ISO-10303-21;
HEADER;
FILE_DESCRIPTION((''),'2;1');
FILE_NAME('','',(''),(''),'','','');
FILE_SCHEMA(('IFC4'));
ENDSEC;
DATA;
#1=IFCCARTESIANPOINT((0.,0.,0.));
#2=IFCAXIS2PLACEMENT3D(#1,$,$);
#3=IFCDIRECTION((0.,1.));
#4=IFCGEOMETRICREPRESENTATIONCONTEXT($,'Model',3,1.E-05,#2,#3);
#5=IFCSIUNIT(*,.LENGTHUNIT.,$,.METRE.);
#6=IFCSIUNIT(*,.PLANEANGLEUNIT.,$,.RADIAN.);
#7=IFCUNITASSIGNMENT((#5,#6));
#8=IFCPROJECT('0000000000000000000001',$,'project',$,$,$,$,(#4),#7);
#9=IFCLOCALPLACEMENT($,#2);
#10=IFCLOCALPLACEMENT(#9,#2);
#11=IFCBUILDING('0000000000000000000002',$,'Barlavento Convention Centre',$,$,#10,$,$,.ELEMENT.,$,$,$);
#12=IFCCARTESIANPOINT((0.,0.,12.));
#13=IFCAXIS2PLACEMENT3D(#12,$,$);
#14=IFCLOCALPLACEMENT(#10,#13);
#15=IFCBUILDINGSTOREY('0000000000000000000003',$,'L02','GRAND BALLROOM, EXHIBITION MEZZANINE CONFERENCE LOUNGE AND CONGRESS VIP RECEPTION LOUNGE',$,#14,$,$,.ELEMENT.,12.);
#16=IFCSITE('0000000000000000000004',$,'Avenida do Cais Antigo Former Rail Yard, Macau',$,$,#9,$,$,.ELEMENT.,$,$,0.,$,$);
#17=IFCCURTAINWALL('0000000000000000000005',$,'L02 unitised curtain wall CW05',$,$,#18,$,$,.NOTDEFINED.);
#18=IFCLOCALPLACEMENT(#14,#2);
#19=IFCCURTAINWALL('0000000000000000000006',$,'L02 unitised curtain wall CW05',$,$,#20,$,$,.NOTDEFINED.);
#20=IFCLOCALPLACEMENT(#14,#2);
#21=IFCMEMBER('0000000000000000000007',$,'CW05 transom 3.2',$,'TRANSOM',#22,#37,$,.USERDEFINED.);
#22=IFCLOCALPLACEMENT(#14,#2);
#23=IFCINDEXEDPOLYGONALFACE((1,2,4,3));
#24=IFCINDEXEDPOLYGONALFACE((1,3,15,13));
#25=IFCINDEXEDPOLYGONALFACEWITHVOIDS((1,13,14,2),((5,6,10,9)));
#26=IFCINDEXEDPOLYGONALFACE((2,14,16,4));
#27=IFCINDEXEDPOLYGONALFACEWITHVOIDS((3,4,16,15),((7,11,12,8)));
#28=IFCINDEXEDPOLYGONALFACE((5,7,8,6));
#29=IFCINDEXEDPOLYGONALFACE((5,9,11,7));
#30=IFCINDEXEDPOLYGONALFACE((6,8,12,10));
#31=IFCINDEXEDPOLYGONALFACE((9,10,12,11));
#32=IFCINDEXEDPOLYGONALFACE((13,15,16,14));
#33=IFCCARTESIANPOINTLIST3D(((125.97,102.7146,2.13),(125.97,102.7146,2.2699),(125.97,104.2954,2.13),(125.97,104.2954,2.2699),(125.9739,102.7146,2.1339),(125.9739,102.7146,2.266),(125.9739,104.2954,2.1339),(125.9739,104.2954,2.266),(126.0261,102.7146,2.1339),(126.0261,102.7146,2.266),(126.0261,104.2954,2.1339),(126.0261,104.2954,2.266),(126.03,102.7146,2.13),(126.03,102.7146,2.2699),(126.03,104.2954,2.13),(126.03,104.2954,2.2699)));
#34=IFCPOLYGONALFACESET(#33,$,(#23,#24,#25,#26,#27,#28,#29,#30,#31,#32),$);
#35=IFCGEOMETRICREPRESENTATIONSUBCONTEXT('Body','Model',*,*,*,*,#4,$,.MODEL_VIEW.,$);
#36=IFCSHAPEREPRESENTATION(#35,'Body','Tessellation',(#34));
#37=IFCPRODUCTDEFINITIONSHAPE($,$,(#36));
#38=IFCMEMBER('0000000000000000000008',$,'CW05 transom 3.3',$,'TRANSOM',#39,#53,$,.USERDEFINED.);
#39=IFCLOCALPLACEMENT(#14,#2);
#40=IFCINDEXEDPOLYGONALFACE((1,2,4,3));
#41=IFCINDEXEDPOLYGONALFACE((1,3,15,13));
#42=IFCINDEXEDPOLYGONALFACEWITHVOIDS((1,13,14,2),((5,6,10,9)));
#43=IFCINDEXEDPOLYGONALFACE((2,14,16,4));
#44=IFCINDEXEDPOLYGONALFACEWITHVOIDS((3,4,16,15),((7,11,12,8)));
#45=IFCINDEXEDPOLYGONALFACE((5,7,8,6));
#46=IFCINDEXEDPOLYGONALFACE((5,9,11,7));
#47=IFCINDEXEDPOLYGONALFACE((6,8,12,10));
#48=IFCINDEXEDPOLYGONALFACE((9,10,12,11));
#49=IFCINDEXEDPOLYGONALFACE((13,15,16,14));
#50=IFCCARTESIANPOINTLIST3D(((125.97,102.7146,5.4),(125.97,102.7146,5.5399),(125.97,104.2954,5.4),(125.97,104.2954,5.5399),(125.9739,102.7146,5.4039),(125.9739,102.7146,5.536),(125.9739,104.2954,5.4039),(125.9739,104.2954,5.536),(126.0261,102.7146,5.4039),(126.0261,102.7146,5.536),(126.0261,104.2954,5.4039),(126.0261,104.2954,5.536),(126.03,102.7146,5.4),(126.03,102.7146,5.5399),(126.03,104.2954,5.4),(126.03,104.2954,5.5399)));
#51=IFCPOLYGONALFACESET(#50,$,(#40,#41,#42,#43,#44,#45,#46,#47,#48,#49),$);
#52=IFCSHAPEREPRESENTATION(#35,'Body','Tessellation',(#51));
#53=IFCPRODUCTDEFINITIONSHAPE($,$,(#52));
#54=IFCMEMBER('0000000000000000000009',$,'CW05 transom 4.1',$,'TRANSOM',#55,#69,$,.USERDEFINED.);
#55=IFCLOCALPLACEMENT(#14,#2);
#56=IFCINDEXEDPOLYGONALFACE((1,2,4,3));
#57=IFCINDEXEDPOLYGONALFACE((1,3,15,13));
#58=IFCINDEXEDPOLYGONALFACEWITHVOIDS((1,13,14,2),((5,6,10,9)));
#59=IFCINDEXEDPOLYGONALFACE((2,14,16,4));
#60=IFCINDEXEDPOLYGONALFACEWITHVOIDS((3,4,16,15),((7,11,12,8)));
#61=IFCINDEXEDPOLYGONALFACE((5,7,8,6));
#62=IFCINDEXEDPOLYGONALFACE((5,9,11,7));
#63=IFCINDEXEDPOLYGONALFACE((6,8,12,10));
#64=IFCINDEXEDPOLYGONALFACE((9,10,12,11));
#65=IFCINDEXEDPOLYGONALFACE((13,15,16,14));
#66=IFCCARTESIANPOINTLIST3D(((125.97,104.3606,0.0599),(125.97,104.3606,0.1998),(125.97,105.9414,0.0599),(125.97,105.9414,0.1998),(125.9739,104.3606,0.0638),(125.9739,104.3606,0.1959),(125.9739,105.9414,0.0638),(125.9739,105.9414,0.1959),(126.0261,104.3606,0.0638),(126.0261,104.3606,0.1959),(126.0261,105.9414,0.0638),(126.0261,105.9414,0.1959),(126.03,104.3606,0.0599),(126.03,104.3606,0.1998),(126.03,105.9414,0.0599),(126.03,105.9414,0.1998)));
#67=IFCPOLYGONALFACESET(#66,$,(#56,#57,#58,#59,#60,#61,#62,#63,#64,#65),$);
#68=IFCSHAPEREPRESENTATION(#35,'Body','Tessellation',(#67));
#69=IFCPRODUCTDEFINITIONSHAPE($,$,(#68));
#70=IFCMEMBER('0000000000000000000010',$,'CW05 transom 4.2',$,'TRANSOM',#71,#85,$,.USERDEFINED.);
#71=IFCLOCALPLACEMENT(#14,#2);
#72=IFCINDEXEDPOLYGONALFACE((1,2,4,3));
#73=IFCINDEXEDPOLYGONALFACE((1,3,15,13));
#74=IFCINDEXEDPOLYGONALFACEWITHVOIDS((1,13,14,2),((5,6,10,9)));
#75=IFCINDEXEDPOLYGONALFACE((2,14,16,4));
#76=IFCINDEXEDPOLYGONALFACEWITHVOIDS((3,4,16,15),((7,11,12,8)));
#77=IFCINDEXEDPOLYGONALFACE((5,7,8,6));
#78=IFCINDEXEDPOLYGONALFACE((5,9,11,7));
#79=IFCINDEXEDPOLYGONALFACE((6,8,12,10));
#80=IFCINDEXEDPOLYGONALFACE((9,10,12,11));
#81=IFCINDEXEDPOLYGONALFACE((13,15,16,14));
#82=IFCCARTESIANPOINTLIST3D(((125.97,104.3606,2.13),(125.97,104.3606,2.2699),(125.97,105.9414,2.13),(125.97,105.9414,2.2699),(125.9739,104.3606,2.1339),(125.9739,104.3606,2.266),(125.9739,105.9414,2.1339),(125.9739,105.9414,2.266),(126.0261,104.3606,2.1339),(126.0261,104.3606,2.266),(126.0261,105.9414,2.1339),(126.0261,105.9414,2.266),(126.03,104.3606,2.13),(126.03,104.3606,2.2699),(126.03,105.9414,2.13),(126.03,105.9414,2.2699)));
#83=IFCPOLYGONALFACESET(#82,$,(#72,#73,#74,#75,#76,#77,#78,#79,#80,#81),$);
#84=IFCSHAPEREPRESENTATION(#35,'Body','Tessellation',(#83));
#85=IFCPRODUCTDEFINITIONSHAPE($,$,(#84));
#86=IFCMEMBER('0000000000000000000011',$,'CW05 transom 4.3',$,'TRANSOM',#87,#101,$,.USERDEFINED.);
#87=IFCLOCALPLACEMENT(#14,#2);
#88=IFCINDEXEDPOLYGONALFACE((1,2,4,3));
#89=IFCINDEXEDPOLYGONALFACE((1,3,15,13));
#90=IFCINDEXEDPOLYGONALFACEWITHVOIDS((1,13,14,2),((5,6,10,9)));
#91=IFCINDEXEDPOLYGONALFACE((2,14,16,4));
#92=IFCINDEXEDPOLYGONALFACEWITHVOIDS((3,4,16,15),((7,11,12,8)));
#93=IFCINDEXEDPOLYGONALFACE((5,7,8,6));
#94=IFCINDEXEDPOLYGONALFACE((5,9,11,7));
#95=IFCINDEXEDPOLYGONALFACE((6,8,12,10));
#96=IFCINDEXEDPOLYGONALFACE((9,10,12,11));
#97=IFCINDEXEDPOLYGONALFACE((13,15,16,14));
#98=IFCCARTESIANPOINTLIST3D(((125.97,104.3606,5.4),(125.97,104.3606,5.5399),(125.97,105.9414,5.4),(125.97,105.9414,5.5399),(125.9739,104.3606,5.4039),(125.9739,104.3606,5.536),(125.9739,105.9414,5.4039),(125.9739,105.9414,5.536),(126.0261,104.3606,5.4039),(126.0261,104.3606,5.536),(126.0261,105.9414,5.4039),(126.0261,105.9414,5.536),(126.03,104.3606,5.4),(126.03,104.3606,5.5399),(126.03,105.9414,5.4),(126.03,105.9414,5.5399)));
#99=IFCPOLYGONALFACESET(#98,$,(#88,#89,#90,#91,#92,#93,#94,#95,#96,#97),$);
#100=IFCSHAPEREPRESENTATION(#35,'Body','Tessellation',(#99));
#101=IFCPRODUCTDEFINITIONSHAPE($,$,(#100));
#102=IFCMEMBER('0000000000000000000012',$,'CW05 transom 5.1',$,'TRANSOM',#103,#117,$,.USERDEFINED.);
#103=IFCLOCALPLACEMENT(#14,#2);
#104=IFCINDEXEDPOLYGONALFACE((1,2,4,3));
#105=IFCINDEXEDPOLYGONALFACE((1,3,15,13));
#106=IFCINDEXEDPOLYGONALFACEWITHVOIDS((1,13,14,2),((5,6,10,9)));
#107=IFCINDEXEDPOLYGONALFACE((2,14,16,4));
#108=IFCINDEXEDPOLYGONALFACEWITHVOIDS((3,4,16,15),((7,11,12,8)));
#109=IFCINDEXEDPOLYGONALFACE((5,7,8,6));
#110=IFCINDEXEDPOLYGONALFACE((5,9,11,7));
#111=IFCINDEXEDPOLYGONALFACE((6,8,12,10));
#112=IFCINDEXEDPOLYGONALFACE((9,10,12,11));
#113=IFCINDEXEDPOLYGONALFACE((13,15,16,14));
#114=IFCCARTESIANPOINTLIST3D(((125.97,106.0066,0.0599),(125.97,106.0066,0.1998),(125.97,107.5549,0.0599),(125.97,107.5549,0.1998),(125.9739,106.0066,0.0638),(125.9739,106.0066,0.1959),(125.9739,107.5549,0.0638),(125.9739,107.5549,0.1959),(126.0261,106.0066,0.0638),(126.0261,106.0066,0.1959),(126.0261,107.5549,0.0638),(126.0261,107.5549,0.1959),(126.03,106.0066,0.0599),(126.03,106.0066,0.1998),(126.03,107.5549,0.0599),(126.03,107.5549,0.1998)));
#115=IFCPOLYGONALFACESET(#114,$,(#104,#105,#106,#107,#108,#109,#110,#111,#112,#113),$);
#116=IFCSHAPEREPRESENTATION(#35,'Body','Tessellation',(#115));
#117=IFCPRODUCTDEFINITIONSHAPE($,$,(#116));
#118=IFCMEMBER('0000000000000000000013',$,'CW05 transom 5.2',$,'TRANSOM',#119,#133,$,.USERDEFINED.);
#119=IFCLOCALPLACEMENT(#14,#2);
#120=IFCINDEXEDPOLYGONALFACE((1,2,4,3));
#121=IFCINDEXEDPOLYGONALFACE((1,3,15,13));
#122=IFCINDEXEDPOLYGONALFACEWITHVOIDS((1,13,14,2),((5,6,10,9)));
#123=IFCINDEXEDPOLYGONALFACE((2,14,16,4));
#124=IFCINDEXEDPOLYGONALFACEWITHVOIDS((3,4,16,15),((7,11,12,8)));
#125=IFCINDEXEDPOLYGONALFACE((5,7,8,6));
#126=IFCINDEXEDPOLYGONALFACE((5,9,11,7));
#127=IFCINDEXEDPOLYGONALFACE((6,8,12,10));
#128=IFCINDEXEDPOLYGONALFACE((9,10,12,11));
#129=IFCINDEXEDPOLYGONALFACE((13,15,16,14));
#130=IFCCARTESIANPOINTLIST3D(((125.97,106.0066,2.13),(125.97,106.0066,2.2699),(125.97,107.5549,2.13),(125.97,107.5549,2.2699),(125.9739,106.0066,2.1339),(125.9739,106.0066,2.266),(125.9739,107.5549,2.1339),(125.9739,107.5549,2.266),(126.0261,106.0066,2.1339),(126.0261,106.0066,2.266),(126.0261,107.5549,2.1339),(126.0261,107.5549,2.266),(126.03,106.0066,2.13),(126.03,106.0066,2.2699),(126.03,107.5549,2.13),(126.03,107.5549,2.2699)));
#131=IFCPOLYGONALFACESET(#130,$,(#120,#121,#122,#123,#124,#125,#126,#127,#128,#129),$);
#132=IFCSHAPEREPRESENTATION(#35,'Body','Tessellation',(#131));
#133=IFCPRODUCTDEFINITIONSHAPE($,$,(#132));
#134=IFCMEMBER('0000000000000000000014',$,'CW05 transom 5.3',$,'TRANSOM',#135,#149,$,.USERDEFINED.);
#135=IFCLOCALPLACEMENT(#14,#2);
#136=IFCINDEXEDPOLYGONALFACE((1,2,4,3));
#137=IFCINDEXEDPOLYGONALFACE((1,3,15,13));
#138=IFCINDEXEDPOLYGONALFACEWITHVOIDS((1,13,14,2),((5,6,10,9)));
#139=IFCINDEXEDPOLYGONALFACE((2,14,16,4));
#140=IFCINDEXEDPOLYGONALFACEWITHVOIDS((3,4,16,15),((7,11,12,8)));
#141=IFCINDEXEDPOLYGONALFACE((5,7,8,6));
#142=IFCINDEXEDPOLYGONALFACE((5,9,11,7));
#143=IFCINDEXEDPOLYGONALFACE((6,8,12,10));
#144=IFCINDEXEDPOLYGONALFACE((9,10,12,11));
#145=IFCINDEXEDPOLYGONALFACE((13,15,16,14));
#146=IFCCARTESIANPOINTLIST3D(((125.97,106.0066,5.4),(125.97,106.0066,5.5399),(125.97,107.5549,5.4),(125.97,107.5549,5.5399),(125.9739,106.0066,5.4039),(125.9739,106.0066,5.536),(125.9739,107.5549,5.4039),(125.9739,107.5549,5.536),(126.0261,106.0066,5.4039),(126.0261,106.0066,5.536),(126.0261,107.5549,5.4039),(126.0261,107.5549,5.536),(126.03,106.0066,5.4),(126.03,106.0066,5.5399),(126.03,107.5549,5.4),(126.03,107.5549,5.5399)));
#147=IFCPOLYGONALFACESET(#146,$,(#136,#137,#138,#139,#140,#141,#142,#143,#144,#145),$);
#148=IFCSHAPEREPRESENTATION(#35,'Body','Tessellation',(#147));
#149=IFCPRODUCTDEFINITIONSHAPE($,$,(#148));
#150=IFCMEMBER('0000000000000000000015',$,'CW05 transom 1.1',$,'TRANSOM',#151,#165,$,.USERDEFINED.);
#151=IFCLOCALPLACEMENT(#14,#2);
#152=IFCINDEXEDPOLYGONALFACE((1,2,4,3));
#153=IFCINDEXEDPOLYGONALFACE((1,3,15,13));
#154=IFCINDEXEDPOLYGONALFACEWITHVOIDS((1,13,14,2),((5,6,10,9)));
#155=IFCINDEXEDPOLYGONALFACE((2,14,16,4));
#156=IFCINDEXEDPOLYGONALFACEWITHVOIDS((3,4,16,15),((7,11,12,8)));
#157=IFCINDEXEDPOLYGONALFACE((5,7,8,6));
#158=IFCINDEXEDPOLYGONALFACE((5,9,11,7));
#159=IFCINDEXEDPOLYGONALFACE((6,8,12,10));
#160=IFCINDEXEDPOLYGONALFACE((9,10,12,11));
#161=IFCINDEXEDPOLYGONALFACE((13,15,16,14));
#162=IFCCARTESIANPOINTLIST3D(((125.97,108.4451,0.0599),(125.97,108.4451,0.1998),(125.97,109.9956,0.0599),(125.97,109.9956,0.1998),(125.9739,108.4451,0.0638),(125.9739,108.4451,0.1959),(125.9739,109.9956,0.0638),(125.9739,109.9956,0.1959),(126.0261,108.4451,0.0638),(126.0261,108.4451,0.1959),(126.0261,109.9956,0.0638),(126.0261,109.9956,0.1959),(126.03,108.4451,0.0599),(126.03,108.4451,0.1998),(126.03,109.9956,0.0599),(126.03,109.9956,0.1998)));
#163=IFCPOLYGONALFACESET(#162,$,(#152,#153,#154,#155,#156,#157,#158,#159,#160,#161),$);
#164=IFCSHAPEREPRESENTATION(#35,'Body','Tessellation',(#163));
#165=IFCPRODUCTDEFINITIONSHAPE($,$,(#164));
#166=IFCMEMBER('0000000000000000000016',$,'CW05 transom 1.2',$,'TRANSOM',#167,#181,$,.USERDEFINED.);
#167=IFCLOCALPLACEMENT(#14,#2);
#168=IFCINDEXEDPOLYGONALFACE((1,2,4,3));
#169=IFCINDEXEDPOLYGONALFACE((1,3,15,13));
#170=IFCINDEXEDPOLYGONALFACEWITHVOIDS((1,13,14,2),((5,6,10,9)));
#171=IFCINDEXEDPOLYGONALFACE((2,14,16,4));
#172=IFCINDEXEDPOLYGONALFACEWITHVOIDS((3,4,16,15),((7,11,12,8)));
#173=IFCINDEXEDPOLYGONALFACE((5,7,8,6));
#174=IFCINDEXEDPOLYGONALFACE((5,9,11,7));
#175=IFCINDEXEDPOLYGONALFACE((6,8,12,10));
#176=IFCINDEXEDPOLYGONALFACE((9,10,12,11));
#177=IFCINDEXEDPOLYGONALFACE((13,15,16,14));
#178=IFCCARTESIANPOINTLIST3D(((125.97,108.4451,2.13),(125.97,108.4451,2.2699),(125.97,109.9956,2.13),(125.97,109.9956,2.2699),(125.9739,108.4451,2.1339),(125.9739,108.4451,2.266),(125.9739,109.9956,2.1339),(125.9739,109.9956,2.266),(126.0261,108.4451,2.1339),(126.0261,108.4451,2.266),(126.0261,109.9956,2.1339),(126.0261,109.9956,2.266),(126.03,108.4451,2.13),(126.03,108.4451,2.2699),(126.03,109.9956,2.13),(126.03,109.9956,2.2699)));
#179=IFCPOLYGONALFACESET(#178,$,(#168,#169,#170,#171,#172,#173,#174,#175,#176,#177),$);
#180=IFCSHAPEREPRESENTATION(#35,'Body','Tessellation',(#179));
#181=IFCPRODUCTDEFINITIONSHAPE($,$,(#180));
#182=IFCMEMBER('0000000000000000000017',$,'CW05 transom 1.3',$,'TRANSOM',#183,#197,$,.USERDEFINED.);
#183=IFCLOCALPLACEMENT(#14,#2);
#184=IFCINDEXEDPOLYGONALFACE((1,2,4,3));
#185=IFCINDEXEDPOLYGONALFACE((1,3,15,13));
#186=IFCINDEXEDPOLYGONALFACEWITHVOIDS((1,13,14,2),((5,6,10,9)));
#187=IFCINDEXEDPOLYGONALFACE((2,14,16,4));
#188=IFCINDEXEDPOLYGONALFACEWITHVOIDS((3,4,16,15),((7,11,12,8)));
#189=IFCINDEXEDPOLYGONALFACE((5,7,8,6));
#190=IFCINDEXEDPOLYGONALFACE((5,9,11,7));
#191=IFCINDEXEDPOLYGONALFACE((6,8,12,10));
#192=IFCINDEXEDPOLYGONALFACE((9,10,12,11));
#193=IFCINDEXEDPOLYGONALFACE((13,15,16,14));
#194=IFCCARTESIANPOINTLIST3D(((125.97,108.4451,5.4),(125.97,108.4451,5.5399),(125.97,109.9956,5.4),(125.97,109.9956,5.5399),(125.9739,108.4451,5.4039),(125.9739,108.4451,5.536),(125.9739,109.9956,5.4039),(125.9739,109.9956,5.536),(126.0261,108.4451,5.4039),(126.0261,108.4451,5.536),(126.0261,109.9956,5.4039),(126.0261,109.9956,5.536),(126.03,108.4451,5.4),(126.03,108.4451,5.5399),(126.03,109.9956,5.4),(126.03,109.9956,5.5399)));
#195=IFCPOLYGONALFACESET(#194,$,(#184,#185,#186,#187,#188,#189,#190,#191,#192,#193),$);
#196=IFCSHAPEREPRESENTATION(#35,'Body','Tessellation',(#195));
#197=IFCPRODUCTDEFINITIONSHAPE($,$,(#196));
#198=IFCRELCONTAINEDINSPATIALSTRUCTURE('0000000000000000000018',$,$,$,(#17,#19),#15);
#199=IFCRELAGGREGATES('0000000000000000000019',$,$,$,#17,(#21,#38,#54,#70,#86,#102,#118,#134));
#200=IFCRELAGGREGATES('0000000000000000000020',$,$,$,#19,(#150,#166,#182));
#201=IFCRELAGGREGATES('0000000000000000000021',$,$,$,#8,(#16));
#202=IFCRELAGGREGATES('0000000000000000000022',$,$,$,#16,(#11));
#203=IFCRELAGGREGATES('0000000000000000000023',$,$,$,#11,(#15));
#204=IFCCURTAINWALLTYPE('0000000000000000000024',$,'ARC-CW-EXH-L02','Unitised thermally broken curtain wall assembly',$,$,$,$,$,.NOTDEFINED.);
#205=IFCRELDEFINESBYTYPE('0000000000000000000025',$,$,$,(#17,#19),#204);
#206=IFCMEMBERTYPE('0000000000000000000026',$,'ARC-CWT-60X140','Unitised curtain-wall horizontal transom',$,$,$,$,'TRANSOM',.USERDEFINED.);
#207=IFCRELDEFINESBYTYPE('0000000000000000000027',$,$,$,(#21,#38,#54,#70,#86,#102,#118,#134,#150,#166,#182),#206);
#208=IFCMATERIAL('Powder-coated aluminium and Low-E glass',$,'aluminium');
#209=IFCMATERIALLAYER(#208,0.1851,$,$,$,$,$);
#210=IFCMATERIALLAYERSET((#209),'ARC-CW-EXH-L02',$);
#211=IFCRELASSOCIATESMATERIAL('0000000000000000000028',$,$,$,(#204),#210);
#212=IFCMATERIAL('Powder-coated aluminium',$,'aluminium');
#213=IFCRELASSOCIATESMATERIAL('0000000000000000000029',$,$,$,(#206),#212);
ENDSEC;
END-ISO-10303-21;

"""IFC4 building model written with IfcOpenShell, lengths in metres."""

from ifc_helpers import new_model, si_unit, direction, frame, origin, origin_2d, place, context, subcontext, project, spatial, hollow_rectangle, extrude, material, layer, layer_set, material_profile, profile_set, type_object, element, aggregate, save


model = new_model("IFC4")

# Units and contexts
model_context = context("Model", 3, precision=1e-05, world=origin(), true_north=direction((0.0, 1.0)))
body_context = subcontext(model_context, "Body", "Model", "MODEL_VIEW")
ifc_project = project(units=[si_unit("LENGTHUNIT", "METRE"), si_unit("PLANEANGLEUNIT", "RADIAN")], contexts=[model_context])

# Site, building, storey
site_placement = place(None, origin())
site = spatial("IfcSite", under=ifc_project, at=site_placement, Name="Avenida do Cais Antigo Former Rail Yard, Macau", CompositionType="ELEMENT", RefElevation=0.0)
building_placement = place(site_placement, origin())
building = spatial("IfcBuilding", under=site, at=building_placement, Name="Barlavento Convention Centre", CompositionType="ELEMENT")
storey_placement = place(building_placement, frame((0.0, 0.0, 12.0)))
storey = spatial("IfcBuildingStorey", under=building, at=storey_placement, Name="L02", Description="GRAND BALLROOM, EXHIBITION MEZZANINE CONFERENCE LOUNGE AND CONGRESS VIP RECEPTION LOUNGE", CompositionType="ELEMENT", Elevation=12.0)

# Curtain walls
ifc_material_1 = material(Name="Powder-coated aluminium and Low-E glass", Category="aluminium")
ifc_layer_1 = layer(ifc_material_1, 0.1851)
ifc_layer_set_1 = layer_set([ifc_layer_1], Name="ARC-CW-EXH-L02")
curtain_wall_type = type_object("IfcCurtainWallType", Name="ARC-CW-EXH-L02", Description="Unitised thermally broken curtain wall assembly", PredefinedType="NOTDEFINED", material=ifc_layer_set_1)
curtain_wall_1_placement = place(storey_placement, origin())
curtain_wall_1 = element("IfcCurtainWall", 1, at=curtain_wall_1_placement, inside=storey, type_object=curtain_wall_type, Name="L02 unitised curtain wall CW05", PredefinedType="NOTDEFINED")
ifc_material_2 = material(Name="Powder-coated aluminium", Category="aluminium")
curtain_wall_2_placement = place(storey_placement, origin())
curtain_wall_2 = element("IfcCurtainWall", 2, at=curtain_wall_2_placement, inside=storey, type_object=curtain_wall_type, Name="L02 unitised curtain wall CW05", PredefinedType="NOTDEFINED")

# Members
ifc_material_profile_1 = material_profile(ifc_material_2, hollow_rectangle(XDim=0.0601, YDim=0.1399, WallThickness=0.0039, at=origin_2d()), Name="AL-TRAN 60x140x4")
ifc_profile_set_1 = profile_set([ifc_material_profile_1], Name="Powder-coated aluminium")
member_type_1 = type_object("IfcMemberType", Name="ARC-CWT-60X140", Description="Unitised curtain-wall horizontal transom", ElementType="TRANSOM", PredefinedType="USERDEFINED", material=ifc_profile_set_1)
member_1_placement = place(storey_placement, frame((126.0, 102.7146, 2.2), z_axis=(0.0, 1.0, 0.0), x_axis=(-1.0, 0.0, 0.0)))
member_1 = element("IfcMember", 3, at=member_1_placement, type_object=member_type_1, Name="CW05 transom 3.2", ObjectType="TRANSOM", PredefinedType="USERDEFINED", context=body_context, shape_type="SweptSolid", body=[
    extrude(hollow_rectangle(XDim=0.0601, YDim=0.1399, WallThickness=0.0039, at=origin_2d()), origin(), (0.0, 0.0, 1.0), 1.5808),
])
member_2_placement = place(storey_placement, frame((126.0, 102.7146, 5.47), z_axis=(0.0, 1.0, 0.0), x_axis=(-1.0, 0.0, 0.0)))
member_2 = element("IfcMember", 4, at=member_2_placement, type_object=member_type_1, Name="CW05 transom 3.3", ObjectType="TRANSOM", PredefinedType="USERDEFINED", context=body_context, shape_type="SweptSolid", body=[
    extrude(hollow_rectangle(XDim=0.0601, YDim=0.1399, WallThickness=0.0039, at=origin_2d()), origin(), (0.0, 0.0, 1.0), 1.5808),
])
member_3_placement = place(storey_placement, frame((126.0, 104.3606, 0.1299), z_axis=(0.0, 1.0, 0.0), x_axis=(-1.0, 0.0, 0.0)))
member_3 = element("IfcMember", 5, at=member_3_placement, type_object=member_type_1, Name="CW05 transom 4.1", ObjectType="TRANSOM", PredefinedType="USERDEFINED", context=body_context, shape_type="SweptSolid", body=[
    extrude(hollow_rectangle(XDim=0.0601, YDim=0.1399, WallThickness=0.0039, at=origin_2d()), origin(), (0.0, 0.0, 1.0), 1.5808),
])
member_4_placement = place(storey_placement, frame((126.0, 104.3606, 2.2), z_axis=(0.0, 1.0, 0.0), x_axis=(-1.0, 0.0, 0.0)))
member_4 = element("IfcMember", 6, at=member_4_placement, type_object=member_type_1, Name="CW05 transom 4.2", ObjectType="TRANSOM", PredefinedType="USERDEFINED", context=body_context, shape_type="SweptSolid", body=[
    extrude(hollow_rectangle(XDim=0.0601, YDim=0.1399, WallThickness=0.0039, at=origin_2d()), origin(), (0.0, 0.0, 1.0), 1.5808),
])
member_5_placement = place(storey_placement, frame((126.0, 104.3606, 5.47), z_axis=(0.0, 1.0, 0.0), x_axis=(-1.0, 0.0, 0.0)))
member_5 = element("IfcMember", 7, at=member_5_placement, type_object=member_type_1, Name="CW05 transom 4.3", ObjectType="TRANSOM", PredefinedType="USERDEFINED", context=body_context, shape_type="SweptSolid", body=[
    extrude(hollow_rectangle(XDim=0.0601, YDim=0.1399, WallThickness=0.0039, at=origin_2d()), origin(), (0.0, 0.0, 1.0), 1.5808),
])
member_6_placement = place(storey_placement, frame((126.0, 106.0066, 0.1299), z_axis=(0.0, 1.0, 0.0), x_axis=(-1.0, 0.0, 0.0)))
member_6 = element("IfcMember", 8, at=member_6_placement, type_object=member_type_1, Name="CW05 transom 5.1", ObjectType="TRANSOM", PredefinedType="USERDEFINED", context=body_context, shape_type="SweptSolid", body=[
    extrude(hollow_rectangle(XDim=0.0601, YDim=0.1399, WallThickness=0.0039, at=origin_2d()), origin(), (0.0, 0.0, 1.0), 1.5483),
])
member_7_placement = place(storey_placement, frame((126.0, 106.0066, 2.2), z_axis=(0.0, 1.0, 0.0), x_axis=(-1.0, 0.0, 0.0)))
member_7 = element("IfcMember", 9, at=member_7_placement, type_object=member_type_1, Name="CW05 transom 5.2", ObjectType="TRANSOM", PredefinedType="USERDEFINED", context=body_context, shape_type="SweptSolid", body=[
    extrude(hollow_rectangle(XDim=0.0601, YDim=0.1399, WallThickness=0.0039, at=origin_2d()), origin(), (0.0, 0.0, 1.0), 1.5483),
])
member_8_placement = place(storey_placement, frame((126.0, 106.0066, 5.47), z_axis=(0.0, 1.0, 0.0), x_axis=(-1.0, 0.0, 0.0)))
member_8 = element("IfcMember", 10, at=member_8_placement, type_object=member_type_1, Name="CW05 transom 5.3", ObjectType="TRANSOM", PredefinedType="USERDEFINED", context=body_context, shape_type="SweptSolid", body=[
    extrude(hollow_rectangle(XDim=0.0601, YDim=0.1399, WallThickness=0.0039, at=origin_2d()), origin(), (0.0, 0.0, 1.0), 1.5483),
])
member_9_placement = place(storey_placement, frame((126.0, 108.4451, 0.1299), z_axis=(0.0, 1.0, 0.0), x_axis=(-1.0, 0.0, 0.0)))
member_9 = element("IfcMember", 11, at=member_9_placement, type_object=member_type_1, Name="CW05 transom 1.1", ObjectType="TRANSOM", PredefinedType="USERDEFINED", context=body_context, shape_type="SweptSolid", body=[
    extrude(hollow_rectangle(XDim=0.0601, YDim=0.1399, WallThickness=0.0039, at=origin_2d()), origin(), (0.0, 0.0, 1.0), 1.5505),
])
member_10_placement = place(storey_placement, frame((126.0, 108.4451, 2.2), z_axis=(0.0, 1.0, 0.0), x_axis=(-1.0, 0.0, 0.0)))
member_10 = element("IfcMember", 12, at=member_10_placement, type_object=member_type_1, Name="CW05 transom 1.2", ObjectType="TRANSOM", PredefinedType="USERDEFINED", context=body_context, shape_type="SweptSolid", body=[
    extrude(hollow_rectangle(XDim=0.0601, YDim=0.1399, WallThickness=0.0039, at=origin_2d()), origin(), (0.0, 0.0, 1.0), 1.5505),
])
member_11_placement = place(storey_placement, frame((126.0, 108.4451, 5.47), z_axis=(0.0, 1.0, 0.0), x_axis=(-1.0, 0.0, 0.0)))
member_11 = element("IfcMember", 13, at=member_11_placement, type_object=member_type_1, Name="CW05 transom 1.3", ObjectType="TRANSOM", PredefinedType="USERDEFINED", context=body_context, shape_type="SweptSolid", body=[
    extrude(hollow_rectangle(XDim=0.0601, YDim=0.1399, WallThickness=0.0039, at=origin_2d()), origin(), (0.0, 0.0, 1.0), 1.5505),
])

aggregate(curtain_wall_1, [member_1, member_2, member_3, member_4, member_5, member_6, member_7, member_8])
aggregate(curtain_wall_2, [member_9, member_10, member_11])

save(model, "model.ifc")
